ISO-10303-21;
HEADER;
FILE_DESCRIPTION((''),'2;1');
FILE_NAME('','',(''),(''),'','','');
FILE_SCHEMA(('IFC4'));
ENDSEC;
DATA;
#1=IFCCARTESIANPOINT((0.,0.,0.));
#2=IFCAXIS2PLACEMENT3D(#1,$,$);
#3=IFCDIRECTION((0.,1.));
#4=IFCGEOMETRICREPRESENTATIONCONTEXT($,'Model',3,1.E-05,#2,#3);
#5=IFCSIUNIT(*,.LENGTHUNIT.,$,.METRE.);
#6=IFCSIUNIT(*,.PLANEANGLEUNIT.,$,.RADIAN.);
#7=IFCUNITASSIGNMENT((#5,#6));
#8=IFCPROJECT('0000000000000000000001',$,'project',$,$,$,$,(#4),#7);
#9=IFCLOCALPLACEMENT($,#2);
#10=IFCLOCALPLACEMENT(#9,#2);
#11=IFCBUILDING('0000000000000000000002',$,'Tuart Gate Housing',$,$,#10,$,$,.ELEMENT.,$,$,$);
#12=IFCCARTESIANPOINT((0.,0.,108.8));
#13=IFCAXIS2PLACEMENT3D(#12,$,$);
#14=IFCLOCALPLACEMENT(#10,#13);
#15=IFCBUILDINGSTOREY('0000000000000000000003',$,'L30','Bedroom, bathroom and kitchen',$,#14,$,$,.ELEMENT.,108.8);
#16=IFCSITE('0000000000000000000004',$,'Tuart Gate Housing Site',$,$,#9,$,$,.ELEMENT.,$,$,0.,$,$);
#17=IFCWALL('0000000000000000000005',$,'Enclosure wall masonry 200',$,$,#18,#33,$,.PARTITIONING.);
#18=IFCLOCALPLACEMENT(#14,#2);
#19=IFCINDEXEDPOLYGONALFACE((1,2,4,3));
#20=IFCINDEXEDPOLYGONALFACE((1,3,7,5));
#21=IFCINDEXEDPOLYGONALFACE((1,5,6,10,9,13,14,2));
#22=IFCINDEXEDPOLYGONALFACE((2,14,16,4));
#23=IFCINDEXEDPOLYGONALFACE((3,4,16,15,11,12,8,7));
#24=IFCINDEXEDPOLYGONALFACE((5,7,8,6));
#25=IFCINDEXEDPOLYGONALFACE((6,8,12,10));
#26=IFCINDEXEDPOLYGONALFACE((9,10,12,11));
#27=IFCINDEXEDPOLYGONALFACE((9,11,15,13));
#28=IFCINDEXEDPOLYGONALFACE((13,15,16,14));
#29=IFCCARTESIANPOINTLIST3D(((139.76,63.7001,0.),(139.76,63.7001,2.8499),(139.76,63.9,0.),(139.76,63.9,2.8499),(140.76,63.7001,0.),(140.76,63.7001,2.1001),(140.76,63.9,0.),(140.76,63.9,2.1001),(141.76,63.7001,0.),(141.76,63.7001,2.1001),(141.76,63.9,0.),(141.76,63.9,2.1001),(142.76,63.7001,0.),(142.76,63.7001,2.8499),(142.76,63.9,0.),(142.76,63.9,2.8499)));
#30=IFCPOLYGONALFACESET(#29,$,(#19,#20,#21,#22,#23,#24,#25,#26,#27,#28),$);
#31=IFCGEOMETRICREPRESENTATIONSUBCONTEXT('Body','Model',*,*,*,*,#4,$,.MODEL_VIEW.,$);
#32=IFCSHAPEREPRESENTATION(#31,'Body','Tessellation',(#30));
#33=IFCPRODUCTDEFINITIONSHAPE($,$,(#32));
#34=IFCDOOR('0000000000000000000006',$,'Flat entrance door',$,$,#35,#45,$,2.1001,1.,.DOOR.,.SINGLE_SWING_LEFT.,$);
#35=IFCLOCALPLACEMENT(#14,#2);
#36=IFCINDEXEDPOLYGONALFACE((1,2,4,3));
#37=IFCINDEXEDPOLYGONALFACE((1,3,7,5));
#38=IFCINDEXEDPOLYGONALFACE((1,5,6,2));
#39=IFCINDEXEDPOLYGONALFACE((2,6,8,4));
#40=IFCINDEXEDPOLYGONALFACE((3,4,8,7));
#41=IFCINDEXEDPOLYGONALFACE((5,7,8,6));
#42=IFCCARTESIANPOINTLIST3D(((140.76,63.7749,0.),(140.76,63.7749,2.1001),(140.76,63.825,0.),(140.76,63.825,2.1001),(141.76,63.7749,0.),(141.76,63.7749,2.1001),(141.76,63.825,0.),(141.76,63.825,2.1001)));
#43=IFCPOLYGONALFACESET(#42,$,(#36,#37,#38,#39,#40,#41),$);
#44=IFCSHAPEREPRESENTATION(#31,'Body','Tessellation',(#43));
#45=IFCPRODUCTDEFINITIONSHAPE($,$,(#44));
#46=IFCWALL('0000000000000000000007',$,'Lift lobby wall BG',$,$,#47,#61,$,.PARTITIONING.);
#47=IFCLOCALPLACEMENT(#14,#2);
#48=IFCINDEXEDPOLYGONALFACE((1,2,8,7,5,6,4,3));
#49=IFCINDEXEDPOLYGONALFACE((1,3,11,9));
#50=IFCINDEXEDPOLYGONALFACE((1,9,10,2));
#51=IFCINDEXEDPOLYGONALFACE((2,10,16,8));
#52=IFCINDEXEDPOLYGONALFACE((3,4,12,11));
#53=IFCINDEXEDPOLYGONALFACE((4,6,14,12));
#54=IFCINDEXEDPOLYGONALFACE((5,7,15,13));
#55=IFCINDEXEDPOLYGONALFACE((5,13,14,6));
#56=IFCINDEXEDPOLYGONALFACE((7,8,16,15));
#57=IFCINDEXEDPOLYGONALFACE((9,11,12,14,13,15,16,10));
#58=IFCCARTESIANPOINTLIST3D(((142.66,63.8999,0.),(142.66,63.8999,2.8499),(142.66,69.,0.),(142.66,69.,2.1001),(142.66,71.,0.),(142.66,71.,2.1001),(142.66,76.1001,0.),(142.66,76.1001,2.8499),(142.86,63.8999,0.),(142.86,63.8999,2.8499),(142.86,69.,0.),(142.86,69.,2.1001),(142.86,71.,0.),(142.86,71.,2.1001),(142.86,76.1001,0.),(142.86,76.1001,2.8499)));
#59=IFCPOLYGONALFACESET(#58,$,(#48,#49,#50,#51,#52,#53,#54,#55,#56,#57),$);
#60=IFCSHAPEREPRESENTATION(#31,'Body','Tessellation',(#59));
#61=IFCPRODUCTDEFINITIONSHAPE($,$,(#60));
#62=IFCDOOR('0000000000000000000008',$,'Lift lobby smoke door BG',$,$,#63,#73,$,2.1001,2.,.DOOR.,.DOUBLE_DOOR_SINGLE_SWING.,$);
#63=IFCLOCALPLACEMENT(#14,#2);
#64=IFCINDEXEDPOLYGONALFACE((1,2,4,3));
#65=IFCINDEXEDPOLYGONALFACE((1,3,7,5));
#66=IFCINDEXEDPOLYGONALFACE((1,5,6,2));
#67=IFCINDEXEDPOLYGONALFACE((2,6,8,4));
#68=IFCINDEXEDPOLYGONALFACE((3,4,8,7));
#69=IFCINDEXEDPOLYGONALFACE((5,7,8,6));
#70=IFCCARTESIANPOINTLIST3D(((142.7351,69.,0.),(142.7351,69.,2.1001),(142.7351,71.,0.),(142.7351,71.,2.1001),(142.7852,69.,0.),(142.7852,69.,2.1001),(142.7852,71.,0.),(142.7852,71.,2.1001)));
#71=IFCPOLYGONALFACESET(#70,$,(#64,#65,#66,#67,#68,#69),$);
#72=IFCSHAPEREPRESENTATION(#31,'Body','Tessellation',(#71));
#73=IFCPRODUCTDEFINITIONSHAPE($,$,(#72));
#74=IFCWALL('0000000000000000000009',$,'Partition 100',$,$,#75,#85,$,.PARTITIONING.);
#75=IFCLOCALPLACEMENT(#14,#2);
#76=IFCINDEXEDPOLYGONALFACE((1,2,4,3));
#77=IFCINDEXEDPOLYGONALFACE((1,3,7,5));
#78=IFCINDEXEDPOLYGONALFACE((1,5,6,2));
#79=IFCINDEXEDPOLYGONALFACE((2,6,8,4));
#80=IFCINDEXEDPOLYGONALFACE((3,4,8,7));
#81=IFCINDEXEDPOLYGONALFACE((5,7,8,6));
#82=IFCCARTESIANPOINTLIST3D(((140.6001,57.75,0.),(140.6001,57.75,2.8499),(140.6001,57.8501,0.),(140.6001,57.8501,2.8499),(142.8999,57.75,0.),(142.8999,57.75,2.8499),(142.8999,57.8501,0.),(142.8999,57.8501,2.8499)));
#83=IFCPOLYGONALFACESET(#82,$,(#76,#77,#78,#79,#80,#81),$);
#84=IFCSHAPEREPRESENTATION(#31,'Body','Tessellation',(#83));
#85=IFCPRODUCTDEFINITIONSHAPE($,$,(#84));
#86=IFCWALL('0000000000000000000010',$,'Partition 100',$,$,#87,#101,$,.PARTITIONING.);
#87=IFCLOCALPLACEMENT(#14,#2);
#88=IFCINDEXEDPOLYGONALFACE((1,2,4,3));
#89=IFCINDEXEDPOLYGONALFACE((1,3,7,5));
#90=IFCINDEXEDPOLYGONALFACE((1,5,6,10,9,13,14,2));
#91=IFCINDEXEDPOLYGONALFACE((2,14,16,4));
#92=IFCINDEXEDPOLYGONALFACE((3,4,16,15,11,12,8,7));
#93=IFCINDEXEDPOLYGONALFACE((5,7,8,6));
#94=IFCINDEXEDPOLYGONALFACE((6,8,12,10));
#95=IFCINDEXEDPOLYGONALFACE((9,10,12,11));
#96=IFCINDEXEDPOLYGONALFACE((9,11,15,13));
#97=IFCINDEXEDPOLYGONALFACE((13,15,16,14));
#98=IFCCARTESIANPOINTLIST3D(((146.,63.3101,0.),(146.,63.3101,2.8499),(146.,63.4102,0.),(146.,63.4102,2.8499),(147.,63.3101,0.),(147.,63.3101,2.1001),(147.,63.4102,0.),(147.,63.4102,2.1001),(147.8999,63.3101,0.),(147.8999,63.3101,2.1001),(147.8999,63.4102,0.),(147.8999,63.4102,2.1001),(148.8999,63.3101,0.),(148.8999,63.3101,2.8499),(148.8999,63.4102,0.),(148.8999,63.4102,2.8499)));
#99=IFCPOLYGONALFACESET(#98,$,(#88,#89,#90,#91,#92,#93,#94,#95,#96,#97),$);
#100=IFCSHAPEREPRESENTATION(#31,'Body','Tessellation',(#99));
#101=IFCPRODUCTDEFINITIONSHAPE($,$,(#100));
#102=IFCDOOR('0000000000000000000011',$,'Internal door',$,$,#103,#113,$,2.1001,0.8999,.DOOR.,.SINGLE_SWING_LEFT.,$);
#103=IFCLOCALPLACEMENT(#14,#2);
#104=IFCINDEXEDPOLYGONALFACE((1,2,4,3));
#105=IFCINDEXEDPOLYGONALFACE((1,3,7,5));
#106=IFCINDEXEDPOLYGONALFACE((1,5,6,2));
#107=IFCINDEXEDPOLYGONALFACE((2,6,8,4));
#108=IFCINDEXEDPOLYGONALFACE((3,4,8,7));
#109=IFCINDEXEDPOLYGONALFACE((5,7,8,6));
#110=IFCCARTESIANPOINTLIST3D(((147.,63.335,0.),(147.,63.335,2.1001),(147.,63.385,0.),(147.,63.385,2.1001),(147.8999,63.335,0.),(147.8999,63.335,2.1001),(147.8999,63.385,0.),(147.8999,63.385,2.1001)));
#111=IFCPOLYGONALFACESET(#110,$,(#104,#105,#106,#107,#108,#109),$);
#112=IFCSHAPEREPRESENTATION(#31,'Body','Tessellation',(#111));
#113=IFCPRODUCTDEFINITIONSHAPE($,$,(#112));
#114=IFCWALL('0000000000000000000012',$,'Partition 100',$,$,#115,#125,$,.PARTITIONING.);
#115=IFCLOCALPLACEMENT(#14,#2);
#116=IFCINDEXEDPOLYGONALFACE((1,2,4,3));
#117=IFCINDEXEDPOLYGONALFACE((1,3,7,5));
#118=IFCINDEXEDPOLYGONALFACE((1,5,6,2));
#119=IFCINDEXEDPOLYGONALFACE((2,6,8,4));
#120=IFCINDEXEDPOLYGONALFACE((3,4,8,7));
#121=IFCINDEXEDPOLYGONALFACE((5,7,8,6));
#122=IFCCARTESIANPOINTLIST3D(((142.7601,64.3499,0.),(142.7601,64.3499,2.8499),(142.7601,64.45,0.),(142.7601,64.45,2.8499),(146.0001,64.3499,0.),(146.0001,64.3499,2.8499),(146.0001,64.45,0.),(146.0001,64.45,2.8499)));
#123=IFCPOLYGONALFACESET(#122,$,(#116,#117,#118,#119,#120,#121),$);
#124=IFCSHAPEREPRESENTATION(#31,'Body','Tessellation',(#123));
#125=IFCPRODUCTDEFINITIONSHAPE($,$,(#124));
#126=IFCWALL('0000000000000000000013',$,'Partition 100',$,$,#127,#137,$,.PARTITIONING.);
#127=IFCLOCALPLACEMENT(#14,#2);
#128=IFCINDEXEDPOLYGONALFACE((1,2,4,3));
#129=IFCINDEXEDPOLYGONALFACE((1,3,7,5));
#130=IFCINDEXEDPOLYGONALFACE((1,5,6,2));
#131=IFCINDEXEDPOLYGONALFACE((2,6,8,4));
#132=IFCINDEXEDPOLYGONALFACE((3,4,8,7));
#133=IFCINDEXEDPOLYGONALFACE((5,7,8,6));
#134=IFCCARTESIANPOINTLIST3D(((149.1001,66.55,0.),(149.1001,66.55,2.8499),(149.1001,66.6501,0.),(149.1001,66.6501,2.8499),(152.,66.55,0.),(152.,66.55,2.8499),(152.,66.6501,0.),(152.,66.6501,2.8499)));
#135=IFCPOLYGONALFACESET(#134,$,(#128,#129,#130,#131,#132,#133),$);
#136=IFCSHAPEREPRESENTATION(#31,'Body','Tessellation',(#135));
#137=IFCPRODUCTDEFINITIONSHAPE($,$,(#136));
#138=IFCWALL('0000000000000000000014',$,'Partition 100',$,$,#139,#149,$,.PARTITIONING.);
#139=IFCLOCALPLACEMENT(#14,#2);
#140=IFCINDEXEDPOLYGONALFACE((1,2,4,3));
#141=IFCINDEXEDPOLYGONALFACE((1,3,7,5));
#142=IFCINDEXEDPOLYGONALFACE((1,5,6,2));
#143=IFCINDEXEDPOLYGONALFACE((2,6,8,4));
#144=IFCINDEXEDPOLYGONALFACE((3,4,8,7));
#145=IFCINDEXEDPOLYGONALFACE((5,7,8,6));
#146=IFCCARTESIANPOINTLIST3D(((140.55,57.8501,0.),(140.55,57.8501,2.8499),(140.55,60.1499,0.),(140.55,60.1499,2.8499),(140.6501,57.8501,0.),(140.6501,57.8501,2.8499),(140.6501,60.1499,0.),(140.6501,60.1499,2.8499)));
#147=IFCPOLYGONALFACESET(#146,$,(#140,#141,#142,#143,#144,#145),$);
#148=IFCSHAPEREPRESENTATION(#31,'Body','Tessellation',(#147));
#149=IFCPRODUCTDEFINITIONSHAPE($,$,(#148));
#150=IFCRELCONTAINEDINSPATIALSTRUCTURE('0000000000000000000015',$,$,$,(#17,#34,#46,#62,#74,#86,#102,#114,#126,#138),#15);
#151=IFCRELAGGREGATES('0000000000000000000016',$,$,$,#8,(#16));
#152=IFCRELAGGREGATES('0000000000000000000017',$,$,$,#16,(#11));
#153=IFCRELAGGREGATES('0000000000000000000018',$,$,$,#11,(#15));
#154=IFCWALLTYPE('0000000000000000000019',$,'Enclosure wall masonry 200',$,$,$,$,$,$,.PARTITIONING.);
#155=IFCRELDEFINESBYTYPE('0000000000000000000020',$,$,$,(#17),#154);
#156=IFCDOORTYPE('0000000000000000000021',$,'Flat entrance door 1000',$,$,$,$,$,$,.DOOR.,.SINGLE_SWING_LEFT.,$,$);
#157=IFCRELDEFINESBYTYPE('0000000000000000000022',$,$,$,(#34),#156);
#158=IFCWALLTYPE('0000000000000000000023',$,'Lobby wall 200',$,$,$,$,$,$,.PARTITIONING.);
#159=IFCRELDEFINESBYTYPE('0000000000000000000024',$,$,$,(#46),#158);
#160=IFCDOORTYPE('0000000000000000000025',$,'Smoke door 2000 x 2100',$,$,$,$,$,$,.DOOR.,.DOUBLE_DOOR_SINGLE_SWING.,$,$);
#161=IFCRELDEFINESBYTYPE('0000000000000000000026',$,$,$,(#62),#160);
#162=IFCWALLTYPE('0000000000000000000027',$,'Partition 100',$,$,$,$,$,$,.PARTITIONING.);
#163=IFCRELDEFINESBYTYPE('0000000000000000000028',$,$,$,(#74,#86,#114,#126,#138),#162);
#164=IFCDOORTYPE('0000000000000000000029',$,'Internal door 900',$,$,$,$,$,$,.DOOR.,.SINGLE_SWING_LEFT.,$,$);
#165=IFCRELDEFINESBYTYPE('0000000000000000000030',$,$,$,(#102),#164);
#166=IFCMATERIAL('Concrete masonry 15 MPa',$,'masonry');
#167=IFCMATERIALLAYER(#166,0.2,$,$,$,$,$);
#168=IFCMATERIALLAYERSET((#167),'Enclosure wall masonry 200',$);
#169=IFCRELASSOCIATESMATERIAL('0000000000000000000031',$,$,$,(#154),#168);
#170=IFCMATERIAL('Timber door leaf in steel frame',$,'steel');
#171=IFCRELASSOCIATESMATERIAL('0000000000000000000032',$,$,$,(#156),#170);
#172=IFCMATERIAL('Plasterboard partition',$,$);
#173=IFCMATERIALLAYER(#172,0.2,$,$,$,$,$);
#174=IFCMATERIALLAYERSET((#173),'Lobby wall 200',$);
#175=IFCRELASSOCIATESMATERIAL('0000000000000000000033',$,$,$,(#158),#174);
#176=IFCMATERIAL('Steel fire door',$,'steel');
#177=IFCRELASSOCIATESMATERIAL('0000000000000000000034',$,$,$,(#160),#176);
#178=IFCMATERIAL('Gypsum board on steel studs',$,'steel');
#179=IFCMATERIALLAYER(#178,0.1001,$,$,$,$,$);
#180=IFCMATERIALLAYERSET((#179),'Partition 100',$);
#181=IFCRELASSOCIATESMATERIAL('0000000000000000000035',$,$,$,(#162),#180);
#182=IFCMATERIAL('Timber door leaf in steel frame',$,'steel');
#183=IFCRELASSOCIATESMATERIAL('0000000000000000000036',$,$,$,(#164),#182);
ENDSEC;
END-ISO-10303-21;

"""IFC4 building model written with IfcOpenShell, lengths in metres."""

from ifc_helpers import new_model, si_unit, direction, frame, frame_2d, origin, place, context, subcontext, project, spatial, rectangle, extrude, material, layer, layer_set, type_object, element, fill, save


model = new_model("IFC4")

# Units and contexts
model_context = context("Model", 3, precision=1e-05, world=origin(), true_north=direction((0.0, 1.0)))
body_context = subcontext(model_context, "Body", "Model", "MODEL_VIEW")
ifc_project = project(units=[si_unit("LENGTHUNIT", "METRE"), si_unit("PLANEANGLEUNIT", "RADIAN")], contexts=[model_context])

# Site, building, storey
site_placement = place(None, origin())
site = spatial("IfcSite", under=ifc_project, at=site_placement, Name="Tuart Gate Housing Site", CompositionType="ELEMENT", RefElevation=0.0)
building_placement = place(site_placement, origin())
building = spatial("IfcBuilding", under=site, at=building_placement, Name="Tuart Gate Housing", CompositionType="ELEMENT")
storey_placement = place(building_placement, frame((0.0, 0.0, 108.8)))
storey = spatial("IfcBuildingStorey", under=building, at=storey_placement, Name="L30", Description="Bedroom, bathroom and kitchen", CompositionType="ELEMENT", Elevation=108.8)

# Walls, openings, doors
ifc_material_1 = material(Name="Concrete masonry 15 MPa", Category="masonry")
ifc_layer_1 = layer(ifc_material_1, 0.2)
ifc_layer_set_1 = layer_set([ifc_layer_1], Name="Enclosure wall masonry 200")
wall_type_1 = type_object("IfcWallType", Name="Enclosure wall masonry 200", PredefinedType="PARTITIONING", material=ifc_layer_set_1)
wall_1_placement = place(storey_placement, frame((139.76, 63.8, 0.0), z_axis=(0.0, 0.0, 1.0), x_axis=(1.0, 0.0, 0.0)))
wall_1 = element("IfcWall", 1, at=wall_1_placement, inside=storey, type_object=wall_type_1, Name="Enclosure wall masonry 200", PredefinedType="PARTITIONING", context=body_context, shape_type="SweptSolid", body=[
    extrude(rectangle(XDim=3.0, YDim=0.2, at=frame_2d((1.5, 0.0))), origin(), (0.0, 0.0, 1.0), 2.8499),
])
opening_1_placement = place(wall_1_placement, frame((1.0, 0.0, 0.0)))
opening_1 = element("IfcOpeningElement", 2, at=opening_1_placement, cuts=wall_1, PredefinedType="OPENING", context=body_context, shape_type="SweptSolid", body=[
    extrude(rectangle(XDim=1.0, YDim=2.1001, at=frame_2d((0.5, 1.05))), frame((0.0, 0.1099, 0.0), z_axis=(0.0, -1.0, 0.0), x_axis=(1.0, 0.0, 0.0)), (0.0, 0.0, 1.0), 0.22),
])
ifc_material_2 = material(Name="Timber door leaf in steel frame", Category="steel")
door_type_1 = type_object("IfcDoorType", Name="Flat entrance door 1000", OperationType="SINGLE_SWING_LEFT", PredefinedType="DOOR", material=ifc_material_2)
door_1_placement = place(opening_1_placement, frame((1.0, 0.0, 0.0), z_axis=(0.0, 0.0, 1.0), x_axis=(-1.0, 0.0, 0.0)))
door_1 = element("IfcDoor", 3, at=door_1_placement, inside=storey, type_object=door_type_1, Name="Flat entrance door", OperationType="SINGLE_SWING_LEFT", OverallHeight=2.1001, OverallWidth=1.0, PredefinedType="DOOR", context=body_context, shape_type="SweptSolid", body=[
    extrude(rectangle(XDim=1.0, YDim=2.1001, at=frame_2d((0.5, 1.05))), frame((0.0, 0.0251, 0.0), z_axis=(0.0, -1.0, 0.0), x_axis=(1.0, 0.0, 0.0)), (0.0, 0.0, 1.0), 0.05),
])
fill(opening_1, door_1)
ifc_material_3 = material(Name="Plasterboard partition")
ifc_layer_2 = layer(ifc_material_3, 0.2)
ifc_layer_set_2 = layer_set([ifc_layer_2], Name="Lobby wall 200")
wall_type_2 = type_object("IfcWallType", Name="Lobby wall 200", PredefinedType="PARTITIONING", material=ifc_layer_set_2)
wall_2_placement = place(storey_placement, frame((142.76, 63.8999, 0.0), z_axis=(0.0, 0.0, 1.0), x_axis=(0.0, 1.0, 0.0)))
wall_2 = element("IfcWall", 4, at=wall_2_placement, inside=storey, type_object=wall_type_2, Name="Lift lobby wall BG", PredefinedType="PARTITIONING", context=body_context, shape_type="SweptSolid", body=[
    extrude(rectangle(XDim=12.2002, YDim=0.2, at=frame_2d((6.1001, 0.0))), origin(), (0.0, 0.0, 1.0), 2.8499),
])
opening_2_placement = place(wall_2_placement, frame((5.1001, 0.0, 0.0)))
opening_2 = element("IfcOpeningElement", 5, at=opening_2_placement, cuts=wall_2, PredefinedType="OPENING", context=body_context, shape_type="SweptSolid", body=[
    extrude(rectangle(XDim=2.0, YDim=2.1001, at=frame_2d((1.0, 1.05))), frame((0.0, 0.1099, 0.0), z_axis=(0.0, -1.0, 0.0), x_axis=(1.0, 0.0, 0.0)), (0.0, 0.0, 1.0), 0.22),
])
ifc_material_4 = material(Name="Steel fire door", Category="steel")
door_type_2 = type_object("IfcDoorType", Name="Smoke door 2000 x 2100", OperationType="DOUBLE_DOOR_SINGLE_SWING", PredefinedType="DOOR", material=ifc_material_4)
door_2_placement = place(opening_2_placement, origin())
door_2 = element("IfcDoor", 6, at=door_2_placement, inside=storey, type_object=door_type_2, Name="Lift lobby smoke door BG", OperationType="DOUBLE_DOOR_SINGLE_SWING", OverallHeight=2.1001, OverallWidth=2.0, PredefinedType="DOOR", context=body_context, shape_type="SweptSolid", body=[
    extrude(rectangle(XDim=2.0, YDim=2.1001, at=frame_2d((1.0, 1.05))), frame((0.0, 0.0249, 0.0), z_axis=(0.0, -1.0, 0.0), x_axis=(1.0, 0.0, 0.0)), (0.0, 0.0, 1.0), 0.05),
])
fill(opening_2, door_2)

# Wall
ifc_material_5 = material(Name="Gypsum board on steel studs", Category="steel")
ifc_layer_3 = layer(ifc_material_5, 0.1001)
ifc_layer_set_3 = layer_set([ifc_layer_3], Name="Partition 100")
wall_type_3 = type_object("IfcWallType", Name="Partition 100", PredefinedType="PARTITIONING", material=ifc_layer_set_3)
wall_3_placement = place(storey_placement, frame((140.6001, 57.8, 0.0), z_axis=(0.0, 0.0, 1.0), x_axis=(1.0, 0.0, 0.0)))
element("IfcWall", 7, at=wall_3_placement, inside=storey, type_object=wall_type_3, Name="Partition 100", PredefinedType="PARTITIONING", context=body_context, shape_type="SweptSolid", body=[
    extrude(rectangle(XDim=2.2998, YDim=0.1001, at=frame_2d((1.1499, 0.0))), origin(), (0.0, 0.0, 1.0), 2.8499),
])

# Wall, opening, door
wall_4_placement = place(storey_placement, frame((146.0, 63.3601, 0.0), z_axis=(0.0, 0.0, 1.0), x_axis=(1.0, 0.0, 0.0)))
wall_4 = element("IfcWall", 8, at=wall_4_placement, inside=storey, type_object=wall_type_3, Name="Partition 100", PredefinedType="PARTITIONING", context=body_context, shape_type="SweptSolid", body=[
    extrude(rectangle(XDim=2.8999, YDim=0.1001, at=frame_2d((1.45, 0.0))), origin(), (0.0, 0.0, 1.0), 2.8499),
])
opening_3_placement = place(wall_4_placement, frame((1.0, 0.0, 0.0)))
opening_3 = element("IfcOpeningElement", 9, at=opening_3_placement, cuts=wall_4, PredefinedType="OPENING", context=body_context, shape_type="SweptSolid", body=[
    extrude(rectangle(XDim=0.8999, YDim=2.1001, at=frame_2d((0.45, 1.05))), frame((0.0, 0.0601, 0.0), z_axis=(0.0, -1.0, 0.0), x_axis=(1.0, 0.0, 0.0)), (0.0, 0.0, 1.0), 0.1201),
])
ifc_material_6 = material(Name="Timber door leaf in steel frame", Category="steel")
door_type_3 = type_object("IfcDoorType", Name="Internal door 900", OperationType="SINGLE_SWING_LEFT", PredefinedType="DOOR", material=ifc_material_6)
door_3_placement = place(opening_3_placement, origin())
door_3 = element("IfcDoor", 10, at=door_3_placement, inside=storey, type_object=door_type_3, Name="Internal door", OperationType="SINGLE_SWING_LEFT", OverallHeight=2.1001, OverallWidth=0.8999, PredefinedType="DOOR", context=body_context, shape_type="SweptSolid", body=[
    extrude(rectangle(XDim=0.8999, YDim=2.1001, at=frame_2d((0.45, 1.05))), frame((0.0, 0.0249, 0.0), z_axis=(0.0, -1.0, 0.0), x_axis=(1.0, 0.0, 0.0)), (0.0, 0.0, 1.0), 0.05),
])
fill(opening_3, door_3)

# Walls
wall_5_placement = place(storey_placement, frame((142.76, 64.3999, 0.0), z_axis=(0.0, 0.0, 1.0), x_axis=(1.0, 0.0, 0.0)))
element("IfcWall", 11, at=wall_5_placement, inside=storey, type_object=wall_type_3, Name="Partition 100", PredefinedType="PARTITIONING", context=body_context, shape_type="SweptSolid", body=[
    extrude(rectangle(XDim=3.24, YDim=0.1001, at=frame_2d((1.6201, 0.0))), origin(), (0.0, 0.0, 1.0), 2.8499),
])
wall_6_placement = place(storey_placement, frame((149.1001, 66.6001, 0.0), z_axis=(0.0, 0.0, 1.0), x_axis=(1.0, 0.0, 0.0)))
element("IfcWall", 12, at=wall_6_placement, inside=storey, type_object=wall_type_3, Name="Partition 100", PredefinedType="PARTITIONING", context=body_context, shape_type="SweptSolid", body=[
    extrude(rectangle(XDim=2.8999, YDim=0.1001, at=frame_2d((1.45, 0.0))), origin(), (0.0, 0.0, 1.0), 2.8499),
])
wall_7_placement = place(storey_placement, frame((140.6001, 57.8501, 0.0), z_axis=(0.0, 0.0, 1.0), x_axis=(0.0, 1.0, 0.0)))
element("IfcWall", 13, at=wall_7_placement, inside=storey, type_object=wall_type_3, Name="Partition 100", PredefinedType="PARTITIONING", context=body_context, shape_type="SweptSolid", body=[
    extrude(rectangle(XDim=2.2998, YDim=0.1001, at=frame_2d((1.1499, 0.0))), origin(), (0.0, 0.0, 1.0), 2.8499),
])

save(model, "model.ifc")
